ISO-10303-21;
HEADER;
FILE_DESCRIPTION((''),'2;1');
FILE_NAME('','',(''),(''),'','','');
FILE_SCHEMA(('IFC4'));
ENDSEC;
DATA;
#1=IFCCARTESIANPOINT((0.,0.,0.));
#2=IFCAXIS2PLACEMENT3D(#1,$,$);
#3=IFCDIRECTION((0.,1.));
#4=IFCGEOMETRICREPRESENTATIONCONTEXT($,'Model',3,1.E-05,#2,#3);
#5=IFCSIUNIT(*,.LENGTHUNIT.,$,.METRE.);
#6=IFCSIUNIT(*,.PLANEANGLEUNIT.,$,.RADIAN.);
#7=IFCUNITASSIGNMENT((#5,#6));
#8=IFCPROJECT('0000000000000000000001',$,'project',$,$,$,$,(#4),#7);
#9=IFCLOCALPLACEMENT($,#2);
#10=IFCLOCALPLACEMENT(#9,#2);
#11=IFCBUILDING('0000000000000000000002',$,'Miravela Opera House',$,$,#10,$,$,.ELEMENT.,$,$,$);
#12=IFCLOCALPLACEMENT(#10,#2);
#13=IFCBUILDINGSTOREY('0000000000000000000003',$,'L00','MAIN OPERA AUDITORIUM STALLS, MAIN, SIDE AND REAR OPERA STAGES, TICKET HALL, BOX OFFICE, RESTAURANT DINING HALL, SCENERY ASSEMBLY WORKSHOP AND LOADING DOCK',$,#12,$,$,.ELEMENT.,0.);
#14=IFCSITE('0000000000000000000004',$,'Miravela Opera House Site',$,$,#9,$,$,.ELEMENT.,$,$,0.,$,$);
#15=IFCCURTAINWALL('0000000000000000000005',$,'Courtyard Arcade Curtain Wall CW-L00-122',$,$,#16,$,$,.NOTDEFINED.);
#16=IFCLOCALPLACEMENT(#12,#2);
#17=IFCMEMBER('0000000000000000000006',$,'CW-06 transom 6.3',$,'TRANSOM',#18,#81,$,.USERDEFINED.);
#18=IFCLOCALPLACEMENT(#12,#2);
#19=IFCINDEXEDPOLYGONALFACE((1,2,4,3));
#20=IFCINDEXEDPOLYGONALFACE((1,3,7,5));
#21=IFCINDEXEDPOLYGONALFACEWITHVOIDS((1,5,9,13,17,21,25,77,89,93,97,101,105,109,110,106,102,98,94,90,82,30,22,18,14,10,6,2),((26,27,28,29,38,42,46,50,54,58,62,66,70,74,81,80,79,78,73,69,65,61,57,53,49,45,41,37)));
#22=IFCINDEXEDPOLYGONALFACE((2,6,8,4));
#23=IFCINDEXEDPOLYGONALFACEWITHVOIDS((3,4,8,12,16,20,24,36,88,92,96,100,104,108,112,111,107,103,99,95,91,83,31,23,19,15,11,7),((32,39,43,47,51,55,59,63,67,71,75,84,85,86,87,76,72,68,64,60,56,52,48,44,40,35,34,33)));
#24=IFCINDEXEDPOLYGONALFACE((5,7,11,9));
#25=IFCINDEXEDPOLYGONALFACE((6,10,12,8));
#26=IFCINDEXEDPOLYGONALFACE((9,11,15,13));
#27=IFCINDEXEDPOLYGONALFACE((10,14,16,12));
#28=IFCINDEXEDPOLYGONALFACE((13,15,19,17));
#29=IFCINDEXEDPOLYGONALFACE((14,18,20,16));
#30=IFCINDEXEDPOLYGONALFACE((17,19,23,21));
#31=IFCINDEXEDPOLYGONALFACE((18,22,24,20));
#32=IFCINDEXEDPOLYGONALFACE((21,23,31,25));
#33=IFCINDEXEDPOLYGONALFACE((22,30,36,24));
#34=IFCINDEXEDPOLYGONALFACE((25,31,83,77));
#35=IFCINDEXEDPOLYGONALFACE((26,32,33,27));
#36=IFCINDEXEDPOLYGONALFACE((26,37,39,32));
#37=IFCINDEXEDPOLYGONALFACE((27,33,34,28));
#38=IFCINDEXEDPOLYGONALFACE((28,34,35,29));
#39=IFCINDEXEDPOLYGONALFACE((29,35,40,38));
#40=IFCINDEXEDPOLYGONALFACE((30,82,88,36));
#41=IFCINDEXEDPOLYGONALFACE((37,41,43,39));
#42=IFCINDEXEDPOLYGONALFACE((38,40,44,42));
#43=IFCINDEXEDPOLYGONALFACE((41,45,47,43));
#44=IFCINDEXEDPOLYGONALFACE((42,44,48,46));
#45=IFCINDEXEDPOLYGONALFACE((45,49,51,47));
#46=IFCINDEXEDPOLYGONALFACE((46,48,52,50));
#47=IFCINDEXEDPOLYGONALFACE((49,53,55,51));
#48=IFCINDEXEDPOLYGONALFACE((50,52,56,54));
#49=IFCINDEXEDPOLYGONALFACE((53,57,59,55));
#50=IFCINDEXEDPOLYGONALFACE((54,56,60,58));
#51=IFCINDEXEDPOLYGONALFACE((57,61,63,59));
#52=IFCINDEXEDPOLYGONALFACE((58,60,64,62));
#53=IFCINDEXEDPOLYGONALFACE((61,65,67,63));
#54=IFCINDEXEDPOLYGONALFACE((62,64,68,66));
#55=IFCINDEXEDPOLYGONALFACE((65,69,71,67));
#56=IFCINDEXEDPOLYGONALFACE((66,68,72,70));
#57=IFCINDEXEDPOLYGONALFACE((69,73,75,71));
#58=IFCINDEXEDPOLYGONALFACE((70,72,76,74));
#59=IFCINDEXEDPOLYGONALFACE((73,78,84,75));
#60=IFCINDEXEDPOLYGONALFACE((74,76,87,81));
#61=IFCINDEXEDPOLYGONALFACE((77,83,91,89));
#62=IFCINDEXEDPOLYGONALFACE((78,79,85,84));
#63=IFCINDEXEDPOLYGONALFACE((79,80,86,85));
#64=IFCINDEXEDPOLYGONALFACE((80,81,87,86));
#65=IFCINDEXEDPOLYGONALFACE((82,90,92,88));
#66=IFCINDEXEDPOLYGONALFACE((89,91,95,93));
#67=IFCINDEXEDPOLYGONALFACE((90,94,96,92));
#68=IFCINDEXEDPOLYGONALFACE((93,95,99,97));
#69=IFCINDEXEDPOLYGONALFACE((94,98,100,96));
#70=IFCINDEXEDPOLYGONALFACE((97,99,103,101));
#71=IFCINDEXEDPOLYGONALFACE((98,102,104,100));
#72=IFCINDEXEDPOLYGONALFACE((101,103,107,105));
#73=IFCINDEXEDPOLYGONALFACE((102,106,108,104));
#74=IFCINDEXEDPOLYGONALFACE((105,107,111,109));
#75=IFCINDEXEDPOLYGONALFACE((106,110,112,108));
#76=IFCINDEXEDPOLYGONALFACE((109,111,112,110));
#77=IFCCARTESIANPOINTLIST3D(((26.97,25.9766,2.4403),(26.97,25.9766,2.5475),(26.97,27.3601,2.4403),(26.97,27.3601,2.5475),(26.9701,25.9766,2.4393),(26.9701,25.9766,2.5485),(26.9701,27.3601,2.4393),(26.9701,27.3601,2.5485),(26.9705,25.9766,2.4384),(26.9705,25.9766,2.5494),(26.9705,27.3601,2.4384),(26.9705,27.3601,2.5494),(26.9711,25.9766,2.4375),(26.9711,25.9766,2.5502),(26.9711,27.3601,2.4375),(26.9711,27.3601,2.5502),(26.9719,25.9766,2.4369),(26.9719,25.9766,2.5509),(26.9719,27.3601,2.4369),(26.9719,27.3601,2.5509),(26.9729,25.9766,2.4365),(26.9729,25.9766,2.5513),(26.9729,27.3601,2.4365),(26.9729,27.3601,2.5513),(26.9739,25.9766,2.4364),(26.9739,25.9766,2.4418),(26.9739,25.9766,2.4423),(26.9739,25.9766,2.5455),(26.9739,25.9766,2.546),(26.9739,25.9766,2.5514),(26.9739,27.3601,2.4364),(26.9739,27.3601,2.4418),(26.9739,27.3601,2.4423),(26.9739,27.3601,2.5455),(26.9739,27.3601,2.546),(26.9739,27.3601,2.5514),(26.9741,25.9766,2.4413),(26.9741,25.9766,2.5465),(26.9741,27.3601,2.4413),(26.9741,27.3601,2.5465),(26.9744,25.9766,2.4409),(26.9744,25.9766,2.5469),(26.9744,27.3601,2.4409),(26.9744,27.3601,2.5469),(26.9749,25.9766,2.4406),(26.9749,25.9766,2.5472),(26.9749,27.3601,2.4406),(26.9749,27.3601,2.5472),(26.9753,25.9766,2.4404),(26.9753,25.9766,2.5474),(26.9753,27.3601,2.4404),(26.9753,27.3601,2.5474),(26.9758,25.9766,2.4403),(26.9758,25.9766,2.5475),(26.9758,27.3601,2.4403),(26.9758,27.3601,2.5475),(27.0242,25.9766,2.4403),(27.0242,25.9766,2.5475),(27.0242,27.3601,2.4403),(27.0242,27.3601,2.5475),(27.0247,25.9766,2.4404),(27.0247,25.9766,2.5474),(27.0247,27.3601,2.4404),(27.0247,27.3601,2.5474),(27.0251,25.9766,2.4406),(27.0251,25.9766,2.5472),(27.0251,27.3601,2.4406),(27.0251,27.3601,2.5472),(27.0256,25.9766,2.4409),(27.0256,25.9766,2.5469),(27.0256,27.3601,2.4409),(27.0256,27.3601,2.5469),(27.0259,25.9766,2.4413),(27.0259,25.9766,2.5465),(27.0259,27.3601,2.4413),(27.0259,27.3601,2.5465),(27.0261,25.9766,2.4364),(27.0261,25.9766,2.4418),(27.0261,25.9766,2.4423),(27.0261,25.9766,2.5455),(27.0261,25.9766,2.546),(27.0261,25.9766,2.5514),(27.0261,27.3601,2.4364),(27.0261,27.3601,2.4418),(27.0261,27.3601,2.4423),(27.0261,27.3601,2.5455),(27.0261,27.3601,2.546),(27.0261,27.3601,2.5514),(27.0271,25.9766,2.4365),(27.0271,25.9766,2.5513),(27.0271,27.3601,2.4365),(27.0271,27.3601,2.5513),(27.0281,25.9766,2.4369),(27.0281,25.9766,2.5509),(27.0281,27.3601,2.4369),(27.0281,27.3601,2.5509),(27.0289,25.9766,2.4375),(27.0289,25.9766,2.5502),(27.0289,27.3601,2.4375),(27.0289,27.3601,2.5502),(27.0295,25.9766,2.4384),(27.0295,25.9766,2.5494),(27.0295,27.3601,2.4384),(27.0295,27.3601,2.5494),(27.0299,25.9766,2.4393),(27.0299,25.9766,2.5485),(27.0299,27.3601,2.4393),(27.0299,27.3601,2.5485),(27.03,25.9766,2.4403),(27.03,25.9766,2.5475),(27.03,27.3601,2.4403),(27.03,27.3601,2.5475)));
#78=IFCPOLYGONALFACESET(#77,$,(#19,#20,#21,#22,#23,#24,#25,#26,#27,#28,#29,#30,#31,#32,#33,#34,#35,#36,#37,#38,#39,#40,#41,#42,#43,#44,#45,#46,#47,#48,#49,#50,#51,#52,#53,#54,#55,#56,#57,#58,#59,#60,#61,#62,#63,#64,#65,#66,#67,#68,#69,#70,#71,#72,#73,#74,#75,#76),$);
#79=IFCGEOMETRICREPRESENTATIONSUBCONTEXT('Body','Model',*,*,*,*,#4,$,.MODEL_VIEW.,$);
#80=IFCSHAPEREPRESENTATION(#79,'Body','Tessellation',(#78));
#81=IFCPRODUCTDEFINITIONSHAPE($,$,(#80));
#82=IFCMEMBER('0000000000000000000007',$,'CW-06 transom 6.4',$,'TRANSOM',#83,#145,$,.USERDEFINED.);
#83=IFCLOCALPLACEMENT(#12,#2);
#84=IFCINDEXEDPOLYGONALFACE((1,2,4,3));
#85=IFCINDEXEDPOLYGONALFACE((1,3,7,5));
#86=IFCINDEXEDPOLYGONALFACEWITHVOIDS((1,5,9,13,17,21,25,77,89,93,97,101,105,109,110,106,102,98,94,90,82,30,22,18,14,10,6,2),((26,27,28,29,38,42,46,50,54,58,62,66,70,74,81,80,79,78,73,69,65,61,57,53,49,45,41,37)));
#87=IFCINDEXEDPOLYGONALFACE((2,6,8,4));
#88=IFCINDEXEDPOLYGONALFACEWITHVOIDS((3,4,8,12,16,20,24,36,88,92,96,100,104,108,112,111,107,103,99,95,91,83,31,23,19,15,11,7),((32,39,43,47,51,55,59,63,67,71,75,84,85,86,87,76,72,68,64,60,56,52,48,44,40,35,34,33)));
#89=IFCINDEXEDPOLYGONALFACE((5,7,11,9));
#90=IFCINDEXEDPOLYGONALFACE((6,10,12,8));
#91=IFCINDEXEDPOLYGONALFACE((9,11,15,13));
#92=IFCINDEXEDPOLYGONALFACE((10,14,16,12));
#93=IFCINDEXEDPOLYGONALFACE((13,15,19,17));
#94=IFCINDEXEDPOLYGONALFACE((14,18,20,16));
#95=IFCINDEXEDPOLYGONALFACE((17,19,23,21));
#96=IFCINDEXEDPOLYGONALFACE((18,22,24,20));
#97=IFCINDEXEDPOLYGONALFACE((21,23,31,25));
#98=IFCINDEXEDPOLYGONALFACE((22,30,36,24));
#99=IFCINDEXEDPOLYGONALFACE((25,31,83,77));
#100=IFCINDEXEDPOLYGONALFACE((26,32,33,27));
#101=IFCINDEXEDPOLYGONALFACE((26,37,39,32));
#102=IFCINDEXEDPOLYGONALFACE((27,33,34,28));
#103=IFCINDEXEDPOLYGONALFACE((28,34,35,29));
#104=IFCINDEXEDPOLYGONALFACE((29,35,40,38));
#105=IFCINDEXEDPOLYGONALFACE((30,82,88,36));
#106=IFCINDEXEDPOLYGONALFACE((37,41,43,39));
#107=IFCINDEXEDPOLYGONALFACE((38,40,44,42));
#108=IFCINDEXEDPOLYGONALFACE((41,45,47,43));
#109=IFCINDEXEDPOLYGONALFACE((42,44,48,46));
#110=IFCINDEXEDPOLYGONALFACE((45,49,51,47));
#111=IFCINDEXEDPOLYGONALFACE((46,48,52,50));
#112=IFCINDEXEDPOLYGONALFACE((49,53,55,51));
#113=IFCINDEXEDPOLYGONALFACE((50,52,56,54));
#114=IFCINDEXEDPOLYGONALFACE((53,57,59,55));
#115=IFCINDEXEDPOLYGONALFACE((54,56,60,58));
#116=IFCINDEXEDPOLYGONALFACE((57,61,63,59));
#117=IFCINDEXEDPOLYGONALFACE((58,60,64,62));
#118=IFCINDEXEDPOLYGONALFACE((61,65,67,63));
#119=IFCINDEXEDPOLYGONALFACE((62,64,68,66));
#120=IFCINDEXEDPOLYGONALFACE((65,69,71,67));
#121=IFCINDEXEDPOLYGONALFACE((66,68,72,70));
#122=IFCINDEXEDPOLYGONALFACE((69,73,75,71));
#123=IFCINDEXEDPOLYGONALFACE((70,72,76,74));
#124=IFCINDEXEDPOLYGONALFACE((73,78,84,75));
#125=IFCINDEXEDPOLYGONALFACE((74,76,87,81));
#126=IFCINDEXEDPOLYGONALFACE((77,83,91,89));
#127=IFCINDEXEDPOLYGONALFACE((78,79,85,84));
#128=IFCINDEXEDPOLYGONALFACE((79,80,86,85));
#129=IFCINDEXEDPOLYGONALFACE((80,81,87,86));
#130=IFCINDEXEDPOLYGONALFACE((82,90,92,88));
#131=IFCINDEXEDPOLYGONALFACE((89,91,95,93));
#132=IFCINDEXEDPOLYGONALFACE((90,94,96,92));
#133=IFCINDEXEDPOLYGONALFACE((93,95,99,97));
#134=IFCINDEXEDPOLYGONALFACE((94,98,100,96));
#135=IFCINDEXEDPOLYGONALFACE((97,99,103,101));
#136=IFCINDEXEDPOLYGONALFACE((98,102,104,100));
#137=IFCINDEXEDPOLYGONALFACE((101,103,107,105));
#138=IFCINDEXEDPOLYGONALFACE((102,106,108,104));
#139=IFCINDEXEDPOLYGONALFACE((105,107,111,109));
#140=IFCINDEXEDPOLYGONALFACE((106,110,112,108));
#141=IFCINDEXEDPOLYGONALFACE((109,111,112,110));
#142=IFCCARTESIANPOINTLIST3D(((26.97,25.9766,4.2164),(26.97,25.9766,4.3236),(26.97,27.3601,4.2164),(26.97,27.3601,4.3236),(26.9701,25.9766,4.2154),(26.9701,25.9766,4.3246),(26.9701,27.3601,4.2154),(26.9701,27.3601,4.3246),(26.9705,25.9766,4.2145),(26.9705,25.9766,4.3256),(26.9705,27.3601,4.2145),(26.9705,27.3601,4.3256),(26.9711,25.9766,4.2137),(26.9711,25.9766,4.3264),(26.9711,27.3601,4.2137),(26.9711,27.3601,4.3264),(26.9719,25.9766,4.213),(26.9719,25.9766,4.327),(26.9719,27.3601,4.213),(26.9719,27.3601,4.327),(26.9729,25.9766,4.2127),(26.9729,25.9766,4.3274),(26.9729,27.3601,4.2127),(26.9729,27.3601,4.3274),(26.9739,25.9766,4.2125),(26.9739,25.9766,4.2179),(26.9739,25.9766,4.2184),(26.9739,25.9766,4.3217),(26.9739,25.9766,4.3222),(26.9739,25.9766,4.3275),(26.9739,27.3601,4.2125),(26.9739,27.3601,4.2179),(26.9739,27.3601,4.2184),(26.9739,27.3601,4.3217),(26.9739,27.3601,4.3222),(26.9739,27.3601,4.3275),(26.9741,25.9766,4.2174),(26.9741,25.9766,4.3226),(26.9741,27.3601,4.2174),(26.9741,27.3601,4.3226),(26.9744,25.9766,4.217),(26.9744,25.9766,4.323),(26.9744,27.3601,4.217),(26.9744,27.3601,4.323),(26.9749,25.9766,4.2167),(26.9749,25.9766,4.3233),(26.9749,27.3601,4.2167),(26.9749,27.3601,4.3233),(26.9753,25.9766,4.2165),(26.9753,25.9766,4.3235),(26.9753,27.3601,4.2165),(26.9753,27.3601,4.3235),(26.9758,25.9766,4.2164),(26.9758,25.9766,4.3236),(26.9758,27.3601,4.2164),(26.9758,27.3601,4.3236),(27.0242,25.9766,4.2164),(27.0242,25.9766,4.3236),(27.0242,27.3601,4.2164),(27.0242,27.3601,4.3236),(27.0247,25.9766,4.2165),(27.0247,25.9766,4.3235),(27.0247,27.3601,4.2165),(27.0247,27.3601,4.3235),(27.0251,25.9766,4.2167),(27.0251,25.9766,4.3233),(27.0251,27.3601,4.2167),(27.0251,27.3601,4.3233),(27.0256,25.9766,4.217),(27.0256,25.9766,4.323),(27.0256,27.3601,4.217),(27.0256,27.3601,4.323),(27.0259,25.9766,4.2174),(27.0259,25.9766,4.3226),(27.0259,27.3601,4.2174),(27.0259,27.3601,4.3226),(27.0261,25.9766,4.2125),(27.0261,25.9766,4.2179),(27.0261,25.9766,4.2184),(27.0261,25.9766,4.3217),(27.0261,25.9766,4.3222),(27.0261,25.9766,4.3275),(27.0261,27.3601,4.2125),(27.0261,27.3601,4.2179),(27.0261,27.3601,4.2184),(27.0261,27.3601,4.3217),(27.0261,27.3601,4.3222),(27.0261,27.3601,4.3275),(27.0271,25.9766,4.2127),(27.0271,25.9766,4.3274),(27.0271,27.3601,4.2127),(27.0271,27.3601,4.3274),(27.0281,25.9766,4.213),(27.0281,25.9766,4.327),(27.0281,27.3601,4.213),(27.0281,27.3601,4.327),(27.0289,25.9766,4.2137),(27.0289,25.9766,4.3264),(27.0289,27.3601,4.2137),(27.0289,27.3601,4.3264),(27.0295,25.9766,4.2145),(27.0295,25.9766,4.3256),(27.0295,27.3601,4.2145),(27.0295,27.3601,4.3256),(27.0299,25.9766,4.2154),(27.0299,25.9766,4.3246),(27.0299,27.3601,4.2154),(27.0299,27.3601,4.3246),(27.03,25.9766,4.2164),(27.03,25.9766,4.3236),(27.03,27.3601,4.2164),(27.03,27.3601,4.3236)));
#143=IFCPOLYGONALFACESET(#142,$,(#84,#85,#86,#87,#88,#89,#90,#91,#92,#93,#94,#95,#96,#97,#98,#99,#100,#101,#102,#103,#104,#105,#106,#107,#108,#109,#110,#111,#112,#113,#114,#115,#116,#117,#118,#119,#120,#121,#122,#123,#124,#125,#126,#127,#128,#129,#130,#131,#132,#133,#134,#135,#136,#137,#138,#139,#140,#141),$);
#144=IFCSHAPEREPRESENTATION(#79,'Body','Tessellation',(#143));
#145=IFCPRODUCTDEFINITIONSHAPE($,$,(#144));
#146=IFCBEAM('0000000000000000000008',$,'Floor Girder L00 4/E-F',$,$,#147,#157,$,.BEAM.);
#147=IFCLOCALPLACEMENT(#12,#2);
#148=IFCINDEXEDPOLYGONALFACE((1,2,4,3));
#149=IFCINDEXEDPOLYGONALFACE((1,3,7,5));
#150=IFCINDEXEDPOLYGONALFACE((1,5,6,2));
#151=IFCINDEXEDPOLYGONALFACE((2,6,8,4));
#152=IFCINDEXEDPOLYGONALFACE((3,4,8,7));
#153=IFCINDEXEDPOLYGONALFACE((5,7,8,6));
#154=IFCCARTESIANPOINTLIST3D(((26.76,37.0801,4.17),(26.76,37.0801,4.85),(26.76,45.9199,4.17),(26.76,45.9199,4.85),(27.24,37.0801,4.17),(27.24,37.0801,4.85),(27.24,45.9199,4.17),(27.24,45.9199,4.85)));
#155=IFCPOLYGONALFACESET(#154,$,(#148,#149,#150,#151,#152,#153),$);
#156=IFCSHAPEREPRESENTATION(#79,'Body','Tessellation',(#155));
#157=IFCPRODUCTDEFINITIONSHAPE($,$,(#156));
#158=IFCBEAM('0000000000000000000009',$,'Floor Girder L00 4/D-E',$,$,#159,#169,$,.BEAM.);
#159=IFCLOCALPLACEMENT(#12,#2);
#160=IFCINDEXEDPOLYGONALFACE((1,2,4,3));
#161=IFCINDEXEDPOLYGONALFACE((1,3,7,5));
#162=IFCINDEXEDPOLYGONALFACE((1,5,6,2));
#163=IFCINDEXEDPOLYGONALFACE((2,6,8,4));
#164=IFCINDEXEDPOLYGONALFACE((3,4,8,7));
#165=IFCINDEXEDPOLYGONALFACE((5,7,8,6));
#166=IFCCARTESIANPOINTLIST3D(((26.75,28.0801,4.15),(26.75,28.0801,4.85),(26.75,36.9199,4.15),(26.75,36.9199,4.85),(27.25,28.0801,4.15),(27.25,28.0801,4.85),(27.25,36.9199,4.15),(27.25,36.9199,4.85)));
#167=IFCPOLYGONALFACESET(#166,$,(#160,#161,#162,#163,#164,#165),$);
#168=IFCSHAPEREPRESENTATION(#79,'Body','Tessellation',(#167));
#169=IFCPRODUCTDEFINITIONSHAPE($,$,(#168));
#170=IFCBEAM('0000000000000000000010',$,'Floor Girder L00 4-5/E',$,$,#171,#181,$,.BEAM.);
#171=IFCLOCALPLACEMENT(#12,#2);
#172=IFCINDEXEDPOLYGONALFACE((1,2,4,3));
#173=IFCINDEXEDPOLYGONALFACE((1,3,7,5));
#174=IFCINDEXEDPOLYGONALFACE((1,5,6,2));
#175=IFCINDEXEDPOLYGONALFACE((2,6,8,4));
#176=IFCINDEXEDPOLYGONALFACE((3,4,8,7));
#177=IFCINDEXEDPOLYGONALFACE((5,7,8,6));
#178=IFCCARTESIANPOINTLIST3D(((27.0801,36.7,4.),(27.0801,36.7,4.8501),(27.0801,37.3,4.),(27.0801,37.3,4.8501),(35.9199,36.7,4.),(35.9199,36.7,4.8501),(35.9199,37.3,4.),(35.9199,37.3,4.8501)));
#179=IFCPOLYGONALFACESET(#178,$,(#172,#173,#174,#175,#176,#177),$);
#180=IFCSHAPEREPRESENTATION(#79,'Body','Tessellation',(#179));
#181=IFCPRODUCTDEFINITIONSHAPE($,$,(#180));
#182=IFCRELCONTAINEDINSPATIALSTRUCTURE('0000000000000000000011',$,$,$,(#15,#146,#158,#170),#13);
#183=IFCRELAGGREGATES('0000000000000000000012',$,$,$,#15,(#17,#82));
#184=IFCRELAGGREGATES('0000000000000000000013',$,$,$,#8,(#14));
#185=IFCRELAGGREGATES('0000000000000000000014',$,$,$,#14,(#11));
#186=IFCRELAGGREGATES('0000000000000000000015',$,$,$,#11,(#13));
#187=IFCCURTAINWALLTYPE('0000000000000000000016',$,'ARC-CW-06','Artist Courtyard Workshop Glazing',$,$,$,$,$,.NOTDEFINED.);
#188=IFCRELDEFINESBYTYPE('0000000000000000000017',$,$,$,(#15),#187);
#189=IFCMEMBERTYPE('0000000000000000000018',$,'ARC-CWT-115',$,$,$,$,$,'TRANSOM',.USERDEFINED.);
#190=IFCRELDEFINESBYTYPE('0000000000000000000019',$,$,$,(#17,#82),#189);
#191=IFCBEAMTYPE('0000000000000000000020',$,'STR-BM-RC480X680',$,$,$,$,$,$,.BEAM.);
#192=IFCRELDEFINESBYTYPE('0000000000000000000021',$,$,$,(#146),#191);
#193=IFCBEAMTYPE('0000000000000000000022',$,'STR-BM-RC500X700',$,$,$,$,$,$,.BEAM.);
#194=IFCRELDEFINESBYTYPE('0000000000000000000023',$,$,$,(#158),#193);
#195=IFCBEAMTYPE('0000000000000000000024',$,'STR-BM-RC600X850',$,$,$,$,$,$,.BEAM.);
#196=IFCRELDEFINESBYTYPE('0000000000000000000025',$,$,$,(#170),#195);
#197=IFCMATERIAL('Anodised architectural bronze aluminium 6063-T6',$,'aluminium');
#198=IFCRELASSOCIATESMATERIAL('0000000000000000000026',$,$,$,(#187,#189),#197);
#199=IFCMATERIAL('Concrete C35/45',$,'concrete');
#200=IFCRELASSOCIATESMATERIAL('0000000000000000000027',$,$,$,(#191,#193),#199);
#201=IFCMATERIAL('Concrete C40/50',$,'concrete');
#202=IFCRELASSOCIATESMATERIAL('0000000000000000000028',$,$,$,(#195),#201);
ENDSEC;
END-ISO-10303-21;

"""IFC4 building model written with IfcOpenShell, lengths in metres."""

from ifc_helpers import new_model, si_unit, direction, frame, origin, origin_2d, place, context, subcontext, project, spatial, rectangle, hollow_rectangle, extrude, material, material_profile, profile_set, type_object, element, aggregate, save


model = new_model("IFC4")

# Units and contexts
model_context = context("Model", 3, precision=1e-05, world=origin(), true_north=direction((0.0, 1.0)))
body_context = subcontext(model_context, "Body", "Model", "MODEL_VIEW")
ifc_project = project(units=[si_unit("LENGTHUNIT", "METRE"), si_unit("PLANEANGLEUNIT", "RADIAN")], contexts=[model_context])

# Site, building, storey
site_placement = place(None, origin())
site = spatial("IfcSite", under=ifc_project, at=site_placement, Name="Miravela Opera House Site", CompositionType="ELEMENT", RefElevation=0.0)
building_placement = place(site_placement, origin())
building = spatial("IfcBuilding", under=site, at=building_placement, Name="Miravela Opera House", CompositionType="ELEMENT")
storey_placement = place(building_placement, origin())
storey = spatial("IfcBuildingStorey", under=building, at=storey_placement, Name="L00", Description="MAIN OPERA AUDITORIUM STALLS, MAIN, SIDE AND REAR OPERA STAGES, TICKET HALL, BOX OFFICE, RESTAURANT DINING HALL, SCENERY ASSEMBLY WORKSHOP AND LOADING DOCK", CompositionType="ELEMENT", Elevation=0.0)

# Shared definitions
ifc_material_1 = material(Name="Concrete C35/45", Category="concrete")
ifc_material_2 = material(Name="Concrete C40/50", Category="concrete")

# Curtain wall, members
ifc_material_3 = material(Name="Anodised architectural bronze aluminium 6063-T6", Category="aluminium")
curtain_wall_type = type_object("IfcCurtainWallType", Name="ARC-CW-06", Description="Artist Courtyard Workshop Glazing", PredefinedType="NOTDEFINED", material=ifc_material_3)
curtain_wall_placement = place(storey_placement, origin())
curtain_wall = element("IfcCurtainWall", 1, at=curtain_wall_placement, inside=storey, type_object=curtain_wall_type, Name="Courtyard Arcade Curtain Wall CW-L00-122", PredefinedType="NOTDEFINED")
ifc_material_profile_1 = material_profile(ifc_material_3, hollow_rectangle(XDim=0.0601, YDim=0.115, WallThickness=0.0039, InnerFilletRadius=0.002, OuterFilletRadius=0.0039, at=origin_2d()), Name="CWT-60X115")
ifc_profile_set_1 = profile_set([ifc_material_profile_1])
member_type_1 = type_object("IfcMemberType", Name="ARC-CWT-115", ElementType="TRANSOM", PredefinedType="USERDEFINED", material=ifc_profile_set_1)
member_1_placement = place(storey_placement, frame((27.0, 25.9766, 2.4939), z_axis=(0.0, 1.0, 0.0), x_axis=(-1.0, 0.0, 0.0)))
member_1 = element("IfcMember", 2, at=member_1_placement, type_object=member_type_1, Name="CW-06 transom 6.3", ObjectType="TRANSOM", PredefinedType="USERDEFINED", context=body_context, shape_type="SweptSolid", body=[
    extrude(hollow_rectangle(XDim=0.0601, YDim=0.115, WallThickness=0.0039, InnerFilletRadius=0.002, OuterFilletRadius=0.0039, at=origin_2d()), origin(), (0.0, 0.0, 1.0), 1.3835),
])
member_2_placement = place(storey_placement, frame((27.0, 25.9766, 4.27), z_axis=(0.0, 1.0, 0.0), x_axis=(-1.0, 0.0, 0.0)))
member_2 = element("IfcMember", 3, at=member_2_placement, type_object=member_type_1, Name="CW-06 transom 6.4", ObjectType="TRANSOM", PredefinedType="USERDEFINED", context=body_context, shape_type="SweptSolid", body=[
    extrude(hollow_rectangle(XDim=0.0601, YDim=0.115, WallThickness=0.0039, InnerFilletRadius=0.002, OuterFilletRadius=0.0039, at=origin_2d()), origin(), (0.0, 0.0, 1.0), 1.3835),
])

# Beams
ifc_material_profile_2 = material_profile(ifc_material_1, rectangle(XDim=0.48, YDim=0.6799, at=origin_2d()), Name="RC-BM-480X680")
ifc_profile_set_2 = profile_set([ifc_material_profile_2])
beam_type_1 = type_object("IfcBeamType", Name="STR-BM-RC480X680", PredefinedType="BEAM", material=ifc_profile_set_2)
beam_1_placement = place(storey_placement, frame((27.0, 37.0801, 4.51), z_axis=(0.0, 1.0, 0.0), x_axis=(-1.0, 0.0, 0.0)))
element("IfcBeam", 4, at=beam_1_placement, inside=storey, type_object=beam_type_1, Name="Floor Girder L00 4/E-F", PredefinedType="BEAM", context=body_context, shape_type="SweptSolid", body=[
    extrude(rectangle(XDim=0.48, YDim=0.6799, at=origin_2d()), origin(), (0.0, 0.0, 1.0), 8.8398),
])
ifc_material_profile_3 = material_profile(ifc_material_1, rectangle(XDim=0.5, YDim=0.7, at=origin_2d()), Name="RC-BM-500X700")
ifc_profile_set_3 = profile_set([ifc_material_profile_3])
beam_type_2 = type_object("IfcBeamType", Name="STR-BM-RC500X700", PredefinedType="BEAM", material=ifc_profile_set_3)
beam_2_placement = place(storey_placement, frame((27.0, 28.0801, 4.5), z_axis=(0.0, 1.0, 0.0), x_axis=(-1.0, 0.0, 0.0)))
element("IfcBeam", 5, at=beam_2_placement, inside=storey, type_object=beam_type_2, Name="Floor Girder L00 4/D-E", PredefinedType="BEAM", context=body_context, shape_type="SweptSolid", body=[
    extrude(rectangle(XDim=0.5, YDim=0.7, at=origin_2d()), origin(), (0.0, 0.0, 1.0), 8.8398),
])
ifc_material_profile_4 = material_profile(ifc_material_2, rectangle(XDim=0.6001, YDim=0.8501, at=origin_2d()), Name="RC-BM-600X850")
ifc_profile_set_4 = profile_set([ifc_material_profile_4])
beam_type_3 = type_object("IfcBeamType", Name="STR-BM-RC600X850", PredefinedType="BEAM", material=ifc_profile_set_4)
beam_3_placement = place(storey_placement, frame((27.0801, 37.0, 4.425), z_axis=(1.0, 0.0, 0.0), x_axis=(0.0, 1.0, 0.0)))
element("IfcBeam", 6, at=beam_3_placement, inside=storey, type_object=beam_type_3, Name="Floor Girder L00 4-5/E", PredefinedType="BEAM", context=body_context, shape_type="SweptSolid", body=[
    extrude(rectangle(XDim=0.6001, YDim=0.8501, at=origin_2d()), origin(), (0.0, 0.0, 1.0), 8.8398),
])

aggregate(curtain_wall, [member_1, member_2])

save(model, "model.ifc")
